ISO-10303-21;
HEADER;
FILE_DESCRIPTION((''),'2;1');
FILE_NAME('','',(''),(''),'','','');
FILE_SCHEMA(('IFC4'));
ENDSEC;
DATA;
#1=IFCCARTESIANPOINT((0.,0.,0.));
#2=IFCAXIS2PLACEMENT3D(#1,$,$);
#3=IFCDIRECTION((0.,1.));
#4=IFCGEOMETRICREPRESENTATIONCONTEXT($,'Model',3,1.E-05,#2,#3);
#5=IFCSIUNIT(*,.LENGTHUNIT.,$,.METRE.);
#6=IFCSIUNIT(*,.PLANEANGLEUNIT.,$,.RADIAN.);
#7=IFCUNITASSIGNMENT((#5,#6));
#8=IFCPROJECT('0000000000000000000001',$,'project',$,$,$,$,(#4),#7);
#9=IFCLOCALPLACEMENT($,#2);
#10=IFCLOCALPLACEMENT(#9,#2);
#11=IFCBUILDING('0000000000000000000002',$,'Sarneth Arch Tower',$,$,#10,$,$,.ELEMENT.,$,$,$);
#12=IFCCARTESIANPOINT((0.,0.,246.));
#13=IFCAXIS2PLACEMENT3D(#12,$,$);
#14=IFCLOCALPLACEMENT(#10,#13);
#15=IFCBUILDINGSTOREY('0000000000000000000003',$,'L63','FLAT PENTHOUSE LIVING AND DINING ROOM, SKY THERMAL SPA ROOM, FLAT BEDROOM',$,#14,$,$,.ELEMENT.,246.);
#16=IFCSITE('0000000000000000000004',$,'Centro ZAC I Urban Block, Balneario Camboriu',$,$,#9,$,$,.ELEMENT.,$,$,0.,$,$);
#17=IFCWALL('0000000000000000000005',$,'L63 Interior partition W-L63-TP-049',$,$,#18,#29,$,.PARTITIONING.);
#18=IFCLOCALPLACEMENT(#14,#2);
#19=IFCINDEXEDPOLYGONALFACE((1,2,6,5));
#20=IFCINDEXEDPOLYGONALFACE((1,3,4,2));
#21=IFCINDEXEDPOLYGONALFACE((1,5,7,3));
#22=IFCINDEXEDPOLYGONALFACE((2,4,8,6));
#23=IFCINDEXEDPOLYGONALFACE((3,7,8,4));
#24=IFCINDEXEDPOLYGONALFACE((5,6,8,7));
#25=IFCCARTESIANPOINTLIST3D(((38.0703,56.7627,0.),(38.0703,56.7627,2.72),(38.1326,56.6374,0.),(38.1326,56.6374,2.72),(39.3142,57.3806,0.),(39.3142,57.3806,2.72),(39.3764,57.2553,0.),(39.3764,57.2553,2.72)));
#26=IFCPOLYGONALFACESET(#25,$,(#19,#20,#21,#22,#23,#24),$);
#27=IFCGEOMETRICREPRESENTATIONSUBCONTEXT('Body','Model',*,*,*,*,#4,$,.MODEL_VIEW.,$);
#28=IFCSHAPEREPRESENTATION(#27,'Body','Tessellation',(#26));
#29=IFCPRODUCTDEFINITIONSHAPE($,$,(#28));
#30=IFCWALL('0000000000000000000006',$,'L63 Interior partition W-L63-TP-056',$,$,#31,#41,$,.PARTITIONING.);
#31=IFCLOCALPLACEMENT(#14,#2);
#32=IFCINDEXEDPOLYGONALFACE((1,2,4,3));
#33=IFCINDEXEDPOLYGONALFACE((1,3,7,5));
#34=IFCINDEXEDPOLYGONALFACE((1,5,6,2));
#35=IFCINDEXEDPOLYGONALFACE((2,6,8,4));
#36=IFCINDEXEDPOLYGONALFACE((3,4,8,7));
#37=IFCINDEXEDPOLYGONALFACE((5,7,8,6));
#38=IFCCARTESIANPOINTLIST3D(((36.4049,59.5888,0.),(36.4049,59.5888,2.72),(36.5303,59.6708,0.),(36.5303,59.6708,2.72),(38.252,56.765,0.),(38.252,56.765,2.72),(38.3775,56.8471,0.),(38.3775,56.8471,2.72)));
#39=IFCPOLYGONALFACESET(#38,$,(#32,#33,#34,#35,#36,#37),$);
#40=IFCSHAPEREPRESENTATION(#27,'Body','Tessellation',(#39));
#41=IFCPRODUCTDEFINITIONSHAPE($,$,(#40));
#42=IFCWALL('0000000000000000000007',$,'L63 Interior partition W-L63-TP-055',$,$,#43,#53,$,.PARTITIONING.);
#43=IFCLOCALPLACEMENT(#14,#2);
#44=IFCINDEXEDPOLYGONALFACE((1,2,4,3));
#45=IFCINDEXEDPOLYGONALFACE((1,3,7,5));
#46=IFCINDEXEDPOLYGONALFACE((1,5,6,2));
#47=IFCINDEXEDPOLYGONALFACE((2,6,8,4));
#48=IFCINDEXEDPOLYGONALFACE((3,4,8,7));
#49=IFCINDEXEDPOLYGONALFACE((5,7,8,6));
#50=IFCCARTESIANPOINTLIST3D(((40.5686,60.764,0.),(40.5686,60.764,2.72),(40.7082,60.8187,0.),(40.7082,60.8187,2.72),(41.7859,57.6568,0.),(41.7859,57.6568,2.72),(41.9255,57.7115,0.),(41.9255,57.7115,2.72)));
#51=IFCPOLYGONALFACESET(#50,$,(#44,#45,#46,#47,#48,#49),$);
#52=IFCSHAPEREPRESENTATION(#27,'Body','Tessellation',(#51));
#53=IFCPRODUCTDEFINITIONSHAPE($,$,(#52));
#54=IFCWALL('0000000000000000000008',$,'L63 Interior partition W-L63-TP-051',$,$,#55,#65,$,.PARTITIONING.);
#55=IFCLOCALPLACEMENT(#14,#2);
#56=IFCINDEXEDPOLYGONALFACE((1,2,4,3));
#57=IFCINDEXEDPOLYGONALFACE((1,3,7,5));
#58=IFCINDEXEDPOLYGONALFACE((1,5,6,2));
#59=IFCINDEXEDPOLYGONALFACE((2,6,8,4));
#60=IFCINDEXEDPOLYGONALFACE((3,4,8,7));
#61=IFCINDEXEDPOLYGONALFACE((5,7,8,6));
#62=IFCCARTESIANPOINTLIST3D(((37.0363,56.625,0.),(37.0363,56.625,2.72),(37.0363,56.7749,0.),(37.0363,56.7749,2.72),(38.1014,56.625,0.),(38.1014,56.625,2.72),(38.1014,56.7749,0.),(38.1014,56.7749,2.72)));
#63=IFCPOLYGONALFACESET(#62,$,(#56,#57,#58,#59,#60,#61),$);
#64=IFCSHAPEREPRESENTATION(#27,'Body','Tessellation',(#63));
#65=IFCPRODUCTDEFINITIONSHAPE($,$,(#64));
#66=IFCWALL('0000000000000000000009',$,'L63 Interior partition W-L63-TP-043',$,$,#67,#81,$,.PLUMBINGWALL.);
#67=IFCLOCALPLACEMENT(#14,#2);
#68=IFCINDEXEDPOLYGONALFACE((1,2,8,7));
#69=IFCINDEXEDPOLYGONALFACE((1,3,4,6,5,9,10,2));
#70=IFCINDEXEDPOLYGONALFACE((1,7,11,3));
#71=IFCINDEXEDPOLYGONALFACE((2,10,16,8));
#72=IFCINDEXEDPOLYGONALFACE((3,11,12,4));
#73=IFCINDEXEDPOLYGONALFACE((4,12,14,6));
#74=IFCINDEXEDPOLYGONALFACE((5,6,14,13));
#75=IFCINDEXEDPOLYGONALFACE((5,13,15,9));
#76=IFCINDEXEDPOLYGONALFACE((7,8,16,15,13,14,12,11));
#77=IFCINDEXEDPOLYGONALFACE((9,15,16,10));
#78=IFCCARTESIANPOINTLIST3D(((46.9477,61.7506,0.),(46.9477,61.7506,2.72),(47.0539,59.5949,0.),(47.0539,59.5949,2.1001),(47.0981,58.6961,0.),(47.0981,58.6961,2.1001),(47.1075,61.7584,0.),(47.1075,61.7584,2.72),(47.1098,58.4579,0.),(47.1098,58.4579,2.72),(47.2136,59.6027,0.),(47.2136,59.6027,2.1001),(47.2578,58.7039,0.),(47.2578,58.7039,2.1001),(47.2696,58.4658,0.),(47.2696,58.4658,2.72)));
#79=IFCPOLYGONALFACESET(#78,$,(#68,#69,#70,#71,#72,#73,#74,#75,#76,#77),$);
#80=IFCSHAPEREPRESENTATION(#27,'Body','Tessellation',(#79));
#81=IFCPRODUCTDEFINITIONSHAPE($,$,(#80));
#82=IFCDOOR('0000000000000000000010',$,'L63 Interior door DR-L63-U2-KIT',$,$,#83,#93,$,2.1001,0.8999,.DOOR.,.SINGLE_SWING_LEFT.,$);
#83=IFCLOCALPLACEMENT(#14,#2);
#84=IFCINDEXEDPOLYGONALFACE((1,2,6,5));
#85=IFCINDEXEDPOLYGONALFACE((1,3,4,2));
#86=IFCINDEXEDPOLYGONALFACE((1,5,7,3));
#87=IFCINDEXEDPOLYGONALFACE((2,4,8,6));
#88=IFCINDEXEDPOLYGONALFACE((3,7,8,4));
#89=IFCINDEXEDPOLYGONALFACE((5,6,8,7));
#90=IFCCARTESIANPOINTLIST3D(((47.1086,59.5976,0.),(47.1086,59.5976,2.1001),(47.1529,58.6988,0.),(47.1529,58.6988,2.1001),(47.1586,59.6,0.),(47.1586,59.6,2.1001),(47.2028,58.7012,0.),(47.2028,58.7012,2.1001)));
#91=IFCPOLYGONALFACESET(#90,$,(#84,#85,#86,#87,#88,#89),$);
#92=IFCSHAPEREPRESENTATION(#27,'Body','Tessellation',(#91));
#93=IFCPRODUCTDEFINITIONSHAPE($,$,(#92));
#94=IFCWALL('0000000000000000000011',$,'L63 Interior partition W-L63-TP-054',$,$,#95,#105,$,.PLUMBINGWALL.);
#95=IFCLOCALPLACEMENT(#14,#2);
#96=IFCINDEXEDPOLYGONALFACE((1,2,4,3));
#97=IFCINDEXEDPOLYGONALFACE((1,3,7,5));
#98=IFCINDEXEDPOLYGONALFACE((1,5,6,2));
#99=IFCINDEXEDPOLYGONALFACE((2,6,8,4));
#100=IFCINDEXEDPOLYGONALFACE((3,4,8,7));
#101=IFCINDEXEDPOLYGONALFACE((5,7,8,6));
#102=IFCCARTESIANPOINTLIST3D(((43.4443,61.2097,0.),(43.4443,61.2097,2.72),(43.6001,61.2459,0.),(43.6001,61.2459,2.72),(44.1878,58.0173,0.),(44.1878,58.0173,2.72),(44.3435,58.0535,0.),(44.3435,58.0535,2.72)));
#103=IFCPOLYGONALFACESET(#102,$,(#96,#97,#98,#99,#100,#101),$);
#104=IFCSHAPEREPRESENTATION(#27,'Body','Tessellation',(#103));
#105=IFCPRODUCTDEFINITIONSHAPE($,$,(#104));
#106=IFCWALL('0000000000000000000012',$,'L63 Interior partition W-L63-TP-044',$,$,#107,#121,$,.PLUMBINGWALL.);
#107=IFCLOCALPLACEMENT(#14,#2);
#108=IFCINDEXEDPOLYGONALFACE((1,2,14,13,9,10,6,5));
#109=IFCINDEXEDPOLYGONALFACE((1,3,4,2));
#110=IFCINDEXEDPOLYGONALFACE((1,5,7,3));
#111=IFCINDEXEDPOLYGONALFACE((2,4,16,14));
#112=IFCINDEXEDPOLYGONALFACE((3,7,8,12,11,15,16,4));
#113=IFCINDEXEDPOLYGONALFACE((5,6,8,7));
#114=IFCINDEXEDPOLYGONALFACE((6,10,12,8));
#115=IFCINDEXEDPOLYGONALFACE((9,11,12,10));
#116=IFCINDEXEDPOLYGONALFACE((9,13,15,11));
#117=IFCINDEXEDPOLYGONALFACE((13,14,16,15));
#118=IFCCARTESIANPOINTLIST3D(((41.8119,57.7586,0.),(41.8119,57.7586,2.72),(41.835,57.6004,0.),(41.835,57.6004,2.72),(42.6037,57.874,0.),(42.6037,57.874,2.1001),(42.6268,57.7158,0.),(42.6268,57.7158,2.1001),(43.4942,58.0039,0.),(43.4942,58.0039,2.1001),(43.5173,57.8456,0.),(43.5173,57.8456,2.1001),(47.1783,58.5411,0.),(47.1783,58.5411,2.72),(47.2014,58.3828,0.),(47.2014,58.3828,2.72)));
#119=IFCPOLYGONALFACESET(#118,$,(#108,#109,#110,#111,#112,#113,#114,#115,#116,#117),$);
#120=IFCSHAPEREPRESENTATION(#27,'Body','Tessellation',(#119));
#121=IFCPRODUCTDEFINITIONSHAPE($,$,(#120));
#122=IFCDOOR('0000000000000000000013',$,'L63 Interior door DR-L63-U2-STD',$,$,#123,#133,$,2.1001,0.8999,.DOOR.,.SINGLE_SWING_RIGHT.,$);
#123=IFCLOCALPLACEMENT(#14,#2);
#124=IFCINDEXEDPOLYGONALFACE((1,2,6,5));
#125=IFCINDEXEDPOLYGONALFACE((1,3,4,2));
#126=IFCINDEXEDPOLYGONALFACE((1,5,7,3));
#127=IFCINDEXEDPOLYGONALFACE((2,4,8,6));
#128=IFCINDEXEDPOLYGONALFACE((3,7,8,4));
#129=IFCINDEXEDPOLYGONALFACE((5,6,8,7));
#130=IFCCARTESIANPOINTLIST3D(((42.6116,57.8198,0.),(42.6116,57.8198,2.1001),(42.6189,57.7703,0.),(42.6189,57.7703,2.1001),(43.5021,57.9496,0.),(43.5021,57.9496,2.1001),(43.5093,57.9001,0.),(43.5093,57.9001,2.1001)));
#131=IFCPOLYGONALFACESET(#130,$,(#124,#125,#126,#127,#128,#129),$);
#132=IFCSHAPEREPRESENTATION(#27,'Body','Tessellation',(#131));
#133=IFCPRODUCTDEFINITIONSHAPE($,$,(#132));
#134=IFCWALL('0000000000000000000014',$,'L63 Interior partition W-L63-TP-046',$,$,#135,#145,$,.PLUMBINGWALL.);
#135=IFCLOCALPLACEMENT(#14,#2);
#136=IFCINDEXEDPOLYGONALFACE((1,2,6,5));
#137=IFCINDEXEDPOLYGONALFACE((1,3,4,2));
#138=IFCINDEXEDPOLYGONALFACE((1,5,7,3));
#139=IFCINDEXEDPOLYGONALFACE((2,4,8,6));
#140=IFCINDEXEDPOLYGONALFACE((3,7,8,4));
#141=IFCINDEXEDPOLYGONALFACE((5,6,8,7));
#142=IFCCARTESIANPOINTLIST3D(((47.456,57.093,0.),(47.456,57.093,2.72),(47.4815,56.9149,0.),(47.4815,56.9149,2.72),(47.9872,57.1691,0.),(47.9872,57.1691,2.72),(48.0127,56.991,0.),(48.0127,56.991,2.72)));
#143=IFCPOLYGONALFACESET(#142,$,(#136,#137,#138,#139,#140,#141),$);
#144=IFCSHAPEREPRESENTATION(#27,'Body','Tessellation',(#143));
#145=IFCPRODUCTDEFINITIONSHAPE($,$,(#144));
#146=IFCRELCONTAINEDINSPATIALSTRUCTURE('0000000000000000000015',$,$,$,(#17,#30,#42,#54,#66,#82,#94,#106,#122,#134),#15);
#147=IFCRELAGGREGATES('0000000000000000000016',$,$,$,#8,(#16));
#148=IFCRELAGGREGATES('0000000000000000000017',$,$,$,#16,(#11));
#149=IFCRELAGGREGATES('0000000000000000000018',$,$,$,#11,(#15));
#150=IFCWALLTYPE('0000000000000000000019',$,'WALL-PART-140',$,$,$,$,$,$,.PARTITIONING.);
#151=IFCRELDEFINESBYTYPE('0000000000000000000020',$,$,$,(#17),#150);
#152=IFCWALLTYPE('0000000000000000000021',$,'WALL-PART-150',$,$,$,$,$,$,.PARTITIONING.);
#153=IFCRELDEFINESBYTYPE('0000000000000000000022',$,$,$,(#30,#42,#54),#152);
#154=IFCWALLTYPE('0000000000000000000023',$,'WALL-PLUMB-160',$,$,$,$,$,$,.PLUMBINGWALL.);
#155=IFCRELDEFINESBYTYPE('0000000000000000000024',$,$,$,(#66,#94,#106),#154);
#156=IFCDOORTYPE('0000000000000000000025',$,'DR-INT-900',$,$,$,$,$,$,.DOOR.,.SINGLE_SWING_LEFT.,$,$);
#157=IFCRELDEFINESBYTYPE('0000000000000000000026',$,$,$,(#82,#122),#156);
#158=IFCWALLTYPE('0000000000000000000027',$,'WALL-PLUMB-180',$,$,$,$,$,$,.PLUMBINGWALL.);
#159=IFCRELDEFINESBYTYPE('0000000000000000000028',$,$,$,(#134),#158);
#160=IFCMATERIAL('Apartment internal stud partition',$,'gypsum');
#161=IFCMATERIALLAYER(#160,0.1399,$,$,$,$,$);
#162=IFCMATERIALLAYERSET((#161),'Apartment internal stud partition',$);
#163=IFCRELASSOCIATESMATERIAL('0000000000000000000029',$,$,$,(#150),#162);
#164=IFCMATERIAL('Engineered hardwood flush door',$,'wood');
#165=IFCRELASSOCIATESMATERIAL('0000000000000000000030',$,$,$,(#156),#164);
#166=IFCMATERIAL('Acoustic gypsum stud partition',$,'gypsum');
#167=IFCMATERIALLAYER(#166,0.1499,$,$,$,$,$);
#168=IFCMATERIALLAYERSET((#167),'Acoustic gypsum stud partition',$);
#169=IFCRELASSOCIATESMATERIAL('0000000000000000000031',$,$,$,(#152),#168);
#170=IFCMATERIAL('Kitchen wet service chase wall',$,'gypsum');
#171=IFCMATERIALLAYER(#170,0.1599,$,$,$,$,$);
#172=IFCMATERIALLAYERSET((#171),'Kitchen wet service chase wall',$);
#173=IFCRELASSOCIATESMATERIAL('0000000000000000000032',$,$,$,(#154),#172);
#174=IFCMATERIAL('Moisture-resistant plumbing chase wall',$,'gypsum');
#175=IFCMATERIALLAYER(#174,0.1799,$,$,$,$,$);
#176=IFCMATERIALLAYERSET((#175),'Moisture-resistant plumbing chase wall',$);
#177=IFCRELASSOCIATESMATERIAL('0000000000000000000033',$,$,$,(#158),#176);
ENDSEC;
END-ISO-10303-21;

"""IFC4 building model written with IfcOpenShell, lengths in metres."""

from ifc_helpers import new_model, si_unit, direction, frame, frame_2d, origin, place, context, subcontext, project, spatial, rectangle, extrude, material, layer, layer_set, type_object, element, fill, save


model = new_model("IFC4")

# Units and contexts
model_context = context("Model", 3, precision=1e-05, world=origin(), true_north=direction((0.0, 1.0)))
body_context = subcontext(model_context, "Body", "Model", "MODEL_VIEW")
ifc_project = project(units=[si_unit("LENGTHUNIT", "METRE"), si_unit("PLANEANGLEUNIT", "RADIAN")], contexts=[model_context])

# Site, building, storey
site_placement = place(None, origin())
site = spatial("IfcSite", under=ifc_project, at=site_placement, Name="Centro ZAC I Urban Block, Balneario Camboriu", CompositionType="ELEMENT", RefElevation=0.0)
building_placement = place(site_placement, origin())
building = spatial("IfcBuilding", under=site, at=building_placement, Name="Sarneth Arch Tower", CompositionType="ELEMENT")
storey_placement = place(building_placement, frame((0.0, 0.0, 246.0)))
storey = spatial("IfcBuildingStorey", under=building, at=storey_placement, Name="L63", Description="FLAT PENTHOUSE LIVING AND DINING ROOM, SKY THERMAL SPA ROOM, FLAT BEDROOM", CompositionType="ELEMENT", Elevation=246.0)

# Shared definitions
ifc_material_1 = material(Name="Apartment internal stud partition", Category="gypsum")
ifc_layer_1 = layer(ifc_material_1, 0.1399)
ifc_layer_set_1 = layer_set([ifc_layer_1], Name="Apartment internal stud partition")
wall_type_1 = type_object("IfcWallType", Name="WALL-PART-140", PredefinedType="PARTITIONING", material=ifc_layer_set_1)
ifc_material_2 = material(Name="Engineered hardwood flush door", Category="wood")
door_type_1 = type_object("IfcDoorType", Name="DR-INT-900", OperationType="SINGLE_SWING_LEFT", PredefinedType="DOOR", material=ifc_material_2)

# Walls
wall_1_placement = place(storey_placement, frame((39.3452, 57.3179, 0.0), z_axis=(0.0, 0.0, 1.0), x_axis=(-0.895584, -0.444892, 0.0)))
element("IfcWall", 1, at=wall_1_placement, inside=storey, type_object=wall_type_1, Name="L63 Interior partition W-L63-TP-049", PredefinedType="PARTITIONING", context=body_context, shape_type="SweptSolid", body=[
    extrude(rectangle(XDim=1.3889, YDim=0.1399, at=frame_2d((0.6943, 0.0))), origin(), (0.0, 0.0, 1.0), 2.72),
])
ifc_material_3 = material(Name="Acoustic gypsum stud partition", Category="gypsum")
ifc_layer_2 = layer(ifc_material_3, 0.1499)
ifc_layer_set_2 = layer_set([ifc_layer_2], Name="Acoustic gypsum stud partition")
wall_type_2 = type_object("IfcWallType", Name="WALL-PART-150", PredefinedType="PARTITIONING", material=ifc_layer_set_2)
wall_2_placement = place(storey_placement, frame((38.3147, 56.8062, 0.0), z_axis=(0.0, 0.0, 1.0), x_axis=(-0.547433, 0.83685, 0.0)))
element("IfcWall", 2, at=wall_2_placement, inside=storey, type_object=wall_type_2, Name="L63 Interior partition W-L63-TP-056", PredefinedType="PARTITIONING", context=body_context, shape_type="SweptSolid", body=[
    extrude(rectangle(XDim=3.3743, YDim=0.1499, at=frame_2d((1.687, 0.0))), origin(), (0.0, 0.0, 1.0), 2.72),
])
wall_3_placement = place(storey_placement, frame((40.6384, 60.7913, 0.0), z_axis=(0.0, 0.0, 1.0), x_axis=(0.364772, -0.931097, 0.0)))
element("IfcWall", 3, at=wall_3_placement, inside=storey, type_object=wall_type_2, Name="L63 Interior partition W-L63-TP-055", PredefinedType="PARTITIONING", context=body_context, shape_type="SweptSolid", body=[
    extrude(rectangle(XDim=3.3372, YDim=0.1499, at=frame_2d((1.6685, 0.0))), origin(), (0.0, 0.0, 1.0), 2.72),
])
wall_4_placement = place(storey_placement, frame((37.0361, 56.7, 0.0), z_axis=(0.0, 0.0, 1.0), x_axis=(1.0, 0.0, 0.0)))
element("IfcWall", 4, at=wall_4_placement, inside=storey, type_object=wall_type_2, Name="L63 Interior partition W-L63-TP-051", PredefinedType="PARTITIONING", context=body_context, shape_type="SweptSolid", body=[
    extrude(rectangle(XDim=1.0652, YDim=0.1499, at=frame_2d((0.5327, 0.0))), origin(), (0.0, 0.0, 1.0), 2.72),
])

# Wall, opening, door
ifc_material_4 = material(Name="Kitchen wet service chase wall", Category="gypsum")
ifc_layer_3 = layer(ifc_material_4, 0.1599)
ifc_layer_set_3 = layer_set([ifc_layer_3], Name="Kitchen wet service chase wall")
wall_type_3 = type_object("IfcWallType", Name="WALL-PLUMB-160", PredefinedType="PLUMBINGWALL", material=ifc_layer_set_3)
wall_5_placement = place(storey_placement, frame((47.0276, 61.7546, 0.0), z_axis=(0.0, 0.0, 1.0), x_axis=(0.049173, -0.99879, 0.0)))
wall_5 = element("IfcWall", 5, at=wall_5_placement, inside=storey, type_object=wall_type_3, Name="L63 Interior partition W-L63-TP-043", PredefinedType="PLUMBINGWALL", context=body_context, shape_type="SweptSolid", body=[
    extrude(rectangle(XDim=3.2966, YDim=0.1599, at=frame_2d((1.6484, 0.0))), origin(), (0.0, 0.0, 1.0), 2.72),
])
opening_1_placement = place(wall_5_placement, frame((2.1584, 0.0, 0.0)))
opening_1 = element("IfcOpeningElement", 6, at=opening_1_placement, cuts=wall_5, PredefinedType="OPENING", context=body_context, shape_type="SweptSolid", body=[
    extrude(rectangle(XDim=0.8999, YDim=2.1001, at=frame_2d((0.45, 1.05))), frame((0.0, 0.0898, 0.0), z_axis=(0.0, -1.0, 0.0), x_axis=(1.0, 0.0, 0.0)), (0.0, 0.0, 1.0), 0.1799),
])
door_1_placement = place(opening_1_placement, origin())
door_1 = element("IfcDoor", 7, at=door_1_placement, inside=storey, type_object=door_type_1, Name="L63 Interior door DR-L63-U2-KIT", OperationType="SINGLE_SWING_LEFT", OverallHeight=2.1001, OverallWidth=0.8999, PredefinedType="DOOR", context=body_context, shape_type="SweptSolid", body=[
    extrude(rectangle(XDim=0.8999, YDim=2.1001, at=frame_2d((0.45, 1.05))), frame((0.0, 0.0249, 0.0), z_axis=(0.0, -1.0, 0.0), x_axis=(1.0, 0.0, 0.0)), (0.0, 0.0, 1.0), 0.05),
])
fill(opening_1, door_1)

# Wall
wall_6_placement = place(storey_placement, frame((44.2656, 58.0354, 0.0), z_axis=(0.0, 0.0, 1.0), x_axis=(-0.226801, 0.973941, 0.0)))
element("IfcWall", 8, at=wall_6_placement, inside=storey, type_object=wall_type_3, Name="L63 Interior partition W-L63-TP-054", PredefinedType="PLUMBINGWALL", context=body_context, shape_type="SweptSolid", body=[
    extrude(rectangle(XDim=3.2778, YDim=0.1599, at=frame_2d((1.6389, 0.0))), origin(), (0.0, 0.0, 1.0), 2.72),
])

# Wall, opening, door
wall_7_placement = place(storey_placement, frame((47.1897, 58.4619, 0.0), z_axis=(0.0, 0.0, 1.0), x_axis=(-0.989537, -0.144282, 0.0)))
wall_7 = element("IfcWall", 9, at=wall_7_placement, inside=storey, type_object=wall_type_3, Name="L63 Interior partition W-L63-TP-044", PredefinedType="PLUMBINGWALL", context=body_context, shape_type="SweptSolid", body=[
    extrude(rectangle(XDim=5.4231, YDim=0.1599, at=frame_2d((2.7114, 0.0))), origin(), (0.0, 0.0, 1.0), 2.72),
])
opening_2_placement = place(wall_7_placement, frame((3.7229, 0.0, 0.0)))
opening_2 = element("IfcOpeningElement", 10, at=opening_2_placement, cuts=wall_7, PredefinedType="OPENING", context=body_context, shape_type="SweptSolid", body=[
    extrude(rectangle(XDim=0.8999, YDim=2.1001, at=frame_2d((0.45, 1.05))), frame((0.0, 0.0898, 0.0), z_axis=(0.0, -1.0, 0.0), x_axis=(1.0, 0.0, 0.0)), (0.0, 0.0, 1.0), 0.1799),
])
door_2_placement = place(opening_2_placement, origin())
door_2 = element("IfcDoor", 11, at=door_2_placement, inside=storey, type_object=door_type_1, Name="L63 Interior door DR-L63-U2-STD", OperationType="SINGLE_SWING_RIGHT", OverallHeight=2.1001, OverallWidth=0.8999, PredefinedType="DOOR", context=body_context, shape_type="SweptSolid", body=[
    extrude(rectangle(XDim=0.8999, YDim=2.1001, at=frame_2d((0.45, 1.05))), frame((0.0, 0.0249, 0.0), z_axis=(0.0, -1.0, 0.0), x_axis=(1.0, 0.0, 0.0)), (0.0, 0.0, 1.0), 0.05),
])
fill(opening_2, door_2)

# Wall
ifc_material_5 = material(Name="Moisture-resistant plumbing chase wall", Category="gypsum")
ifc_layer_4 = layer(ifc_material_5, 0.1799)
ifc_layer_set_4 = layer_set([ifc_layer_4], Name="Moisture-resistant plumbing chase wall")
wall_type_4 = type_object("IfcWallType", Name="WALL-PLUMB-180", PredefinedType="PLUMBINGWALL", material=ifc_layer_set_4)
wall_8_placement = place(storey_placement, frame((47.4688, 57.0039, 0.0), z_axis=(0.0, 0.0, 1.0), x_axis=(0.989877, 0.141931, 0.0)))
element("IfcWall", 12, at=wall_8_placement, inside=storey, type_object=wall_type_4, Name="L63 Interior partition W-L63-TP-046", PredefinedType="PLUMBINGWALL", context=body_context, shape_type="SweptSolid", body=[
    extrude(rectangle(XDim=0.5366, YDim=0.1799, at=frame_2d((0.2683, 0.0))), origin(), (0.0, 0.0, 1.0), 2.72),
])

save(model, "model.ifc")
